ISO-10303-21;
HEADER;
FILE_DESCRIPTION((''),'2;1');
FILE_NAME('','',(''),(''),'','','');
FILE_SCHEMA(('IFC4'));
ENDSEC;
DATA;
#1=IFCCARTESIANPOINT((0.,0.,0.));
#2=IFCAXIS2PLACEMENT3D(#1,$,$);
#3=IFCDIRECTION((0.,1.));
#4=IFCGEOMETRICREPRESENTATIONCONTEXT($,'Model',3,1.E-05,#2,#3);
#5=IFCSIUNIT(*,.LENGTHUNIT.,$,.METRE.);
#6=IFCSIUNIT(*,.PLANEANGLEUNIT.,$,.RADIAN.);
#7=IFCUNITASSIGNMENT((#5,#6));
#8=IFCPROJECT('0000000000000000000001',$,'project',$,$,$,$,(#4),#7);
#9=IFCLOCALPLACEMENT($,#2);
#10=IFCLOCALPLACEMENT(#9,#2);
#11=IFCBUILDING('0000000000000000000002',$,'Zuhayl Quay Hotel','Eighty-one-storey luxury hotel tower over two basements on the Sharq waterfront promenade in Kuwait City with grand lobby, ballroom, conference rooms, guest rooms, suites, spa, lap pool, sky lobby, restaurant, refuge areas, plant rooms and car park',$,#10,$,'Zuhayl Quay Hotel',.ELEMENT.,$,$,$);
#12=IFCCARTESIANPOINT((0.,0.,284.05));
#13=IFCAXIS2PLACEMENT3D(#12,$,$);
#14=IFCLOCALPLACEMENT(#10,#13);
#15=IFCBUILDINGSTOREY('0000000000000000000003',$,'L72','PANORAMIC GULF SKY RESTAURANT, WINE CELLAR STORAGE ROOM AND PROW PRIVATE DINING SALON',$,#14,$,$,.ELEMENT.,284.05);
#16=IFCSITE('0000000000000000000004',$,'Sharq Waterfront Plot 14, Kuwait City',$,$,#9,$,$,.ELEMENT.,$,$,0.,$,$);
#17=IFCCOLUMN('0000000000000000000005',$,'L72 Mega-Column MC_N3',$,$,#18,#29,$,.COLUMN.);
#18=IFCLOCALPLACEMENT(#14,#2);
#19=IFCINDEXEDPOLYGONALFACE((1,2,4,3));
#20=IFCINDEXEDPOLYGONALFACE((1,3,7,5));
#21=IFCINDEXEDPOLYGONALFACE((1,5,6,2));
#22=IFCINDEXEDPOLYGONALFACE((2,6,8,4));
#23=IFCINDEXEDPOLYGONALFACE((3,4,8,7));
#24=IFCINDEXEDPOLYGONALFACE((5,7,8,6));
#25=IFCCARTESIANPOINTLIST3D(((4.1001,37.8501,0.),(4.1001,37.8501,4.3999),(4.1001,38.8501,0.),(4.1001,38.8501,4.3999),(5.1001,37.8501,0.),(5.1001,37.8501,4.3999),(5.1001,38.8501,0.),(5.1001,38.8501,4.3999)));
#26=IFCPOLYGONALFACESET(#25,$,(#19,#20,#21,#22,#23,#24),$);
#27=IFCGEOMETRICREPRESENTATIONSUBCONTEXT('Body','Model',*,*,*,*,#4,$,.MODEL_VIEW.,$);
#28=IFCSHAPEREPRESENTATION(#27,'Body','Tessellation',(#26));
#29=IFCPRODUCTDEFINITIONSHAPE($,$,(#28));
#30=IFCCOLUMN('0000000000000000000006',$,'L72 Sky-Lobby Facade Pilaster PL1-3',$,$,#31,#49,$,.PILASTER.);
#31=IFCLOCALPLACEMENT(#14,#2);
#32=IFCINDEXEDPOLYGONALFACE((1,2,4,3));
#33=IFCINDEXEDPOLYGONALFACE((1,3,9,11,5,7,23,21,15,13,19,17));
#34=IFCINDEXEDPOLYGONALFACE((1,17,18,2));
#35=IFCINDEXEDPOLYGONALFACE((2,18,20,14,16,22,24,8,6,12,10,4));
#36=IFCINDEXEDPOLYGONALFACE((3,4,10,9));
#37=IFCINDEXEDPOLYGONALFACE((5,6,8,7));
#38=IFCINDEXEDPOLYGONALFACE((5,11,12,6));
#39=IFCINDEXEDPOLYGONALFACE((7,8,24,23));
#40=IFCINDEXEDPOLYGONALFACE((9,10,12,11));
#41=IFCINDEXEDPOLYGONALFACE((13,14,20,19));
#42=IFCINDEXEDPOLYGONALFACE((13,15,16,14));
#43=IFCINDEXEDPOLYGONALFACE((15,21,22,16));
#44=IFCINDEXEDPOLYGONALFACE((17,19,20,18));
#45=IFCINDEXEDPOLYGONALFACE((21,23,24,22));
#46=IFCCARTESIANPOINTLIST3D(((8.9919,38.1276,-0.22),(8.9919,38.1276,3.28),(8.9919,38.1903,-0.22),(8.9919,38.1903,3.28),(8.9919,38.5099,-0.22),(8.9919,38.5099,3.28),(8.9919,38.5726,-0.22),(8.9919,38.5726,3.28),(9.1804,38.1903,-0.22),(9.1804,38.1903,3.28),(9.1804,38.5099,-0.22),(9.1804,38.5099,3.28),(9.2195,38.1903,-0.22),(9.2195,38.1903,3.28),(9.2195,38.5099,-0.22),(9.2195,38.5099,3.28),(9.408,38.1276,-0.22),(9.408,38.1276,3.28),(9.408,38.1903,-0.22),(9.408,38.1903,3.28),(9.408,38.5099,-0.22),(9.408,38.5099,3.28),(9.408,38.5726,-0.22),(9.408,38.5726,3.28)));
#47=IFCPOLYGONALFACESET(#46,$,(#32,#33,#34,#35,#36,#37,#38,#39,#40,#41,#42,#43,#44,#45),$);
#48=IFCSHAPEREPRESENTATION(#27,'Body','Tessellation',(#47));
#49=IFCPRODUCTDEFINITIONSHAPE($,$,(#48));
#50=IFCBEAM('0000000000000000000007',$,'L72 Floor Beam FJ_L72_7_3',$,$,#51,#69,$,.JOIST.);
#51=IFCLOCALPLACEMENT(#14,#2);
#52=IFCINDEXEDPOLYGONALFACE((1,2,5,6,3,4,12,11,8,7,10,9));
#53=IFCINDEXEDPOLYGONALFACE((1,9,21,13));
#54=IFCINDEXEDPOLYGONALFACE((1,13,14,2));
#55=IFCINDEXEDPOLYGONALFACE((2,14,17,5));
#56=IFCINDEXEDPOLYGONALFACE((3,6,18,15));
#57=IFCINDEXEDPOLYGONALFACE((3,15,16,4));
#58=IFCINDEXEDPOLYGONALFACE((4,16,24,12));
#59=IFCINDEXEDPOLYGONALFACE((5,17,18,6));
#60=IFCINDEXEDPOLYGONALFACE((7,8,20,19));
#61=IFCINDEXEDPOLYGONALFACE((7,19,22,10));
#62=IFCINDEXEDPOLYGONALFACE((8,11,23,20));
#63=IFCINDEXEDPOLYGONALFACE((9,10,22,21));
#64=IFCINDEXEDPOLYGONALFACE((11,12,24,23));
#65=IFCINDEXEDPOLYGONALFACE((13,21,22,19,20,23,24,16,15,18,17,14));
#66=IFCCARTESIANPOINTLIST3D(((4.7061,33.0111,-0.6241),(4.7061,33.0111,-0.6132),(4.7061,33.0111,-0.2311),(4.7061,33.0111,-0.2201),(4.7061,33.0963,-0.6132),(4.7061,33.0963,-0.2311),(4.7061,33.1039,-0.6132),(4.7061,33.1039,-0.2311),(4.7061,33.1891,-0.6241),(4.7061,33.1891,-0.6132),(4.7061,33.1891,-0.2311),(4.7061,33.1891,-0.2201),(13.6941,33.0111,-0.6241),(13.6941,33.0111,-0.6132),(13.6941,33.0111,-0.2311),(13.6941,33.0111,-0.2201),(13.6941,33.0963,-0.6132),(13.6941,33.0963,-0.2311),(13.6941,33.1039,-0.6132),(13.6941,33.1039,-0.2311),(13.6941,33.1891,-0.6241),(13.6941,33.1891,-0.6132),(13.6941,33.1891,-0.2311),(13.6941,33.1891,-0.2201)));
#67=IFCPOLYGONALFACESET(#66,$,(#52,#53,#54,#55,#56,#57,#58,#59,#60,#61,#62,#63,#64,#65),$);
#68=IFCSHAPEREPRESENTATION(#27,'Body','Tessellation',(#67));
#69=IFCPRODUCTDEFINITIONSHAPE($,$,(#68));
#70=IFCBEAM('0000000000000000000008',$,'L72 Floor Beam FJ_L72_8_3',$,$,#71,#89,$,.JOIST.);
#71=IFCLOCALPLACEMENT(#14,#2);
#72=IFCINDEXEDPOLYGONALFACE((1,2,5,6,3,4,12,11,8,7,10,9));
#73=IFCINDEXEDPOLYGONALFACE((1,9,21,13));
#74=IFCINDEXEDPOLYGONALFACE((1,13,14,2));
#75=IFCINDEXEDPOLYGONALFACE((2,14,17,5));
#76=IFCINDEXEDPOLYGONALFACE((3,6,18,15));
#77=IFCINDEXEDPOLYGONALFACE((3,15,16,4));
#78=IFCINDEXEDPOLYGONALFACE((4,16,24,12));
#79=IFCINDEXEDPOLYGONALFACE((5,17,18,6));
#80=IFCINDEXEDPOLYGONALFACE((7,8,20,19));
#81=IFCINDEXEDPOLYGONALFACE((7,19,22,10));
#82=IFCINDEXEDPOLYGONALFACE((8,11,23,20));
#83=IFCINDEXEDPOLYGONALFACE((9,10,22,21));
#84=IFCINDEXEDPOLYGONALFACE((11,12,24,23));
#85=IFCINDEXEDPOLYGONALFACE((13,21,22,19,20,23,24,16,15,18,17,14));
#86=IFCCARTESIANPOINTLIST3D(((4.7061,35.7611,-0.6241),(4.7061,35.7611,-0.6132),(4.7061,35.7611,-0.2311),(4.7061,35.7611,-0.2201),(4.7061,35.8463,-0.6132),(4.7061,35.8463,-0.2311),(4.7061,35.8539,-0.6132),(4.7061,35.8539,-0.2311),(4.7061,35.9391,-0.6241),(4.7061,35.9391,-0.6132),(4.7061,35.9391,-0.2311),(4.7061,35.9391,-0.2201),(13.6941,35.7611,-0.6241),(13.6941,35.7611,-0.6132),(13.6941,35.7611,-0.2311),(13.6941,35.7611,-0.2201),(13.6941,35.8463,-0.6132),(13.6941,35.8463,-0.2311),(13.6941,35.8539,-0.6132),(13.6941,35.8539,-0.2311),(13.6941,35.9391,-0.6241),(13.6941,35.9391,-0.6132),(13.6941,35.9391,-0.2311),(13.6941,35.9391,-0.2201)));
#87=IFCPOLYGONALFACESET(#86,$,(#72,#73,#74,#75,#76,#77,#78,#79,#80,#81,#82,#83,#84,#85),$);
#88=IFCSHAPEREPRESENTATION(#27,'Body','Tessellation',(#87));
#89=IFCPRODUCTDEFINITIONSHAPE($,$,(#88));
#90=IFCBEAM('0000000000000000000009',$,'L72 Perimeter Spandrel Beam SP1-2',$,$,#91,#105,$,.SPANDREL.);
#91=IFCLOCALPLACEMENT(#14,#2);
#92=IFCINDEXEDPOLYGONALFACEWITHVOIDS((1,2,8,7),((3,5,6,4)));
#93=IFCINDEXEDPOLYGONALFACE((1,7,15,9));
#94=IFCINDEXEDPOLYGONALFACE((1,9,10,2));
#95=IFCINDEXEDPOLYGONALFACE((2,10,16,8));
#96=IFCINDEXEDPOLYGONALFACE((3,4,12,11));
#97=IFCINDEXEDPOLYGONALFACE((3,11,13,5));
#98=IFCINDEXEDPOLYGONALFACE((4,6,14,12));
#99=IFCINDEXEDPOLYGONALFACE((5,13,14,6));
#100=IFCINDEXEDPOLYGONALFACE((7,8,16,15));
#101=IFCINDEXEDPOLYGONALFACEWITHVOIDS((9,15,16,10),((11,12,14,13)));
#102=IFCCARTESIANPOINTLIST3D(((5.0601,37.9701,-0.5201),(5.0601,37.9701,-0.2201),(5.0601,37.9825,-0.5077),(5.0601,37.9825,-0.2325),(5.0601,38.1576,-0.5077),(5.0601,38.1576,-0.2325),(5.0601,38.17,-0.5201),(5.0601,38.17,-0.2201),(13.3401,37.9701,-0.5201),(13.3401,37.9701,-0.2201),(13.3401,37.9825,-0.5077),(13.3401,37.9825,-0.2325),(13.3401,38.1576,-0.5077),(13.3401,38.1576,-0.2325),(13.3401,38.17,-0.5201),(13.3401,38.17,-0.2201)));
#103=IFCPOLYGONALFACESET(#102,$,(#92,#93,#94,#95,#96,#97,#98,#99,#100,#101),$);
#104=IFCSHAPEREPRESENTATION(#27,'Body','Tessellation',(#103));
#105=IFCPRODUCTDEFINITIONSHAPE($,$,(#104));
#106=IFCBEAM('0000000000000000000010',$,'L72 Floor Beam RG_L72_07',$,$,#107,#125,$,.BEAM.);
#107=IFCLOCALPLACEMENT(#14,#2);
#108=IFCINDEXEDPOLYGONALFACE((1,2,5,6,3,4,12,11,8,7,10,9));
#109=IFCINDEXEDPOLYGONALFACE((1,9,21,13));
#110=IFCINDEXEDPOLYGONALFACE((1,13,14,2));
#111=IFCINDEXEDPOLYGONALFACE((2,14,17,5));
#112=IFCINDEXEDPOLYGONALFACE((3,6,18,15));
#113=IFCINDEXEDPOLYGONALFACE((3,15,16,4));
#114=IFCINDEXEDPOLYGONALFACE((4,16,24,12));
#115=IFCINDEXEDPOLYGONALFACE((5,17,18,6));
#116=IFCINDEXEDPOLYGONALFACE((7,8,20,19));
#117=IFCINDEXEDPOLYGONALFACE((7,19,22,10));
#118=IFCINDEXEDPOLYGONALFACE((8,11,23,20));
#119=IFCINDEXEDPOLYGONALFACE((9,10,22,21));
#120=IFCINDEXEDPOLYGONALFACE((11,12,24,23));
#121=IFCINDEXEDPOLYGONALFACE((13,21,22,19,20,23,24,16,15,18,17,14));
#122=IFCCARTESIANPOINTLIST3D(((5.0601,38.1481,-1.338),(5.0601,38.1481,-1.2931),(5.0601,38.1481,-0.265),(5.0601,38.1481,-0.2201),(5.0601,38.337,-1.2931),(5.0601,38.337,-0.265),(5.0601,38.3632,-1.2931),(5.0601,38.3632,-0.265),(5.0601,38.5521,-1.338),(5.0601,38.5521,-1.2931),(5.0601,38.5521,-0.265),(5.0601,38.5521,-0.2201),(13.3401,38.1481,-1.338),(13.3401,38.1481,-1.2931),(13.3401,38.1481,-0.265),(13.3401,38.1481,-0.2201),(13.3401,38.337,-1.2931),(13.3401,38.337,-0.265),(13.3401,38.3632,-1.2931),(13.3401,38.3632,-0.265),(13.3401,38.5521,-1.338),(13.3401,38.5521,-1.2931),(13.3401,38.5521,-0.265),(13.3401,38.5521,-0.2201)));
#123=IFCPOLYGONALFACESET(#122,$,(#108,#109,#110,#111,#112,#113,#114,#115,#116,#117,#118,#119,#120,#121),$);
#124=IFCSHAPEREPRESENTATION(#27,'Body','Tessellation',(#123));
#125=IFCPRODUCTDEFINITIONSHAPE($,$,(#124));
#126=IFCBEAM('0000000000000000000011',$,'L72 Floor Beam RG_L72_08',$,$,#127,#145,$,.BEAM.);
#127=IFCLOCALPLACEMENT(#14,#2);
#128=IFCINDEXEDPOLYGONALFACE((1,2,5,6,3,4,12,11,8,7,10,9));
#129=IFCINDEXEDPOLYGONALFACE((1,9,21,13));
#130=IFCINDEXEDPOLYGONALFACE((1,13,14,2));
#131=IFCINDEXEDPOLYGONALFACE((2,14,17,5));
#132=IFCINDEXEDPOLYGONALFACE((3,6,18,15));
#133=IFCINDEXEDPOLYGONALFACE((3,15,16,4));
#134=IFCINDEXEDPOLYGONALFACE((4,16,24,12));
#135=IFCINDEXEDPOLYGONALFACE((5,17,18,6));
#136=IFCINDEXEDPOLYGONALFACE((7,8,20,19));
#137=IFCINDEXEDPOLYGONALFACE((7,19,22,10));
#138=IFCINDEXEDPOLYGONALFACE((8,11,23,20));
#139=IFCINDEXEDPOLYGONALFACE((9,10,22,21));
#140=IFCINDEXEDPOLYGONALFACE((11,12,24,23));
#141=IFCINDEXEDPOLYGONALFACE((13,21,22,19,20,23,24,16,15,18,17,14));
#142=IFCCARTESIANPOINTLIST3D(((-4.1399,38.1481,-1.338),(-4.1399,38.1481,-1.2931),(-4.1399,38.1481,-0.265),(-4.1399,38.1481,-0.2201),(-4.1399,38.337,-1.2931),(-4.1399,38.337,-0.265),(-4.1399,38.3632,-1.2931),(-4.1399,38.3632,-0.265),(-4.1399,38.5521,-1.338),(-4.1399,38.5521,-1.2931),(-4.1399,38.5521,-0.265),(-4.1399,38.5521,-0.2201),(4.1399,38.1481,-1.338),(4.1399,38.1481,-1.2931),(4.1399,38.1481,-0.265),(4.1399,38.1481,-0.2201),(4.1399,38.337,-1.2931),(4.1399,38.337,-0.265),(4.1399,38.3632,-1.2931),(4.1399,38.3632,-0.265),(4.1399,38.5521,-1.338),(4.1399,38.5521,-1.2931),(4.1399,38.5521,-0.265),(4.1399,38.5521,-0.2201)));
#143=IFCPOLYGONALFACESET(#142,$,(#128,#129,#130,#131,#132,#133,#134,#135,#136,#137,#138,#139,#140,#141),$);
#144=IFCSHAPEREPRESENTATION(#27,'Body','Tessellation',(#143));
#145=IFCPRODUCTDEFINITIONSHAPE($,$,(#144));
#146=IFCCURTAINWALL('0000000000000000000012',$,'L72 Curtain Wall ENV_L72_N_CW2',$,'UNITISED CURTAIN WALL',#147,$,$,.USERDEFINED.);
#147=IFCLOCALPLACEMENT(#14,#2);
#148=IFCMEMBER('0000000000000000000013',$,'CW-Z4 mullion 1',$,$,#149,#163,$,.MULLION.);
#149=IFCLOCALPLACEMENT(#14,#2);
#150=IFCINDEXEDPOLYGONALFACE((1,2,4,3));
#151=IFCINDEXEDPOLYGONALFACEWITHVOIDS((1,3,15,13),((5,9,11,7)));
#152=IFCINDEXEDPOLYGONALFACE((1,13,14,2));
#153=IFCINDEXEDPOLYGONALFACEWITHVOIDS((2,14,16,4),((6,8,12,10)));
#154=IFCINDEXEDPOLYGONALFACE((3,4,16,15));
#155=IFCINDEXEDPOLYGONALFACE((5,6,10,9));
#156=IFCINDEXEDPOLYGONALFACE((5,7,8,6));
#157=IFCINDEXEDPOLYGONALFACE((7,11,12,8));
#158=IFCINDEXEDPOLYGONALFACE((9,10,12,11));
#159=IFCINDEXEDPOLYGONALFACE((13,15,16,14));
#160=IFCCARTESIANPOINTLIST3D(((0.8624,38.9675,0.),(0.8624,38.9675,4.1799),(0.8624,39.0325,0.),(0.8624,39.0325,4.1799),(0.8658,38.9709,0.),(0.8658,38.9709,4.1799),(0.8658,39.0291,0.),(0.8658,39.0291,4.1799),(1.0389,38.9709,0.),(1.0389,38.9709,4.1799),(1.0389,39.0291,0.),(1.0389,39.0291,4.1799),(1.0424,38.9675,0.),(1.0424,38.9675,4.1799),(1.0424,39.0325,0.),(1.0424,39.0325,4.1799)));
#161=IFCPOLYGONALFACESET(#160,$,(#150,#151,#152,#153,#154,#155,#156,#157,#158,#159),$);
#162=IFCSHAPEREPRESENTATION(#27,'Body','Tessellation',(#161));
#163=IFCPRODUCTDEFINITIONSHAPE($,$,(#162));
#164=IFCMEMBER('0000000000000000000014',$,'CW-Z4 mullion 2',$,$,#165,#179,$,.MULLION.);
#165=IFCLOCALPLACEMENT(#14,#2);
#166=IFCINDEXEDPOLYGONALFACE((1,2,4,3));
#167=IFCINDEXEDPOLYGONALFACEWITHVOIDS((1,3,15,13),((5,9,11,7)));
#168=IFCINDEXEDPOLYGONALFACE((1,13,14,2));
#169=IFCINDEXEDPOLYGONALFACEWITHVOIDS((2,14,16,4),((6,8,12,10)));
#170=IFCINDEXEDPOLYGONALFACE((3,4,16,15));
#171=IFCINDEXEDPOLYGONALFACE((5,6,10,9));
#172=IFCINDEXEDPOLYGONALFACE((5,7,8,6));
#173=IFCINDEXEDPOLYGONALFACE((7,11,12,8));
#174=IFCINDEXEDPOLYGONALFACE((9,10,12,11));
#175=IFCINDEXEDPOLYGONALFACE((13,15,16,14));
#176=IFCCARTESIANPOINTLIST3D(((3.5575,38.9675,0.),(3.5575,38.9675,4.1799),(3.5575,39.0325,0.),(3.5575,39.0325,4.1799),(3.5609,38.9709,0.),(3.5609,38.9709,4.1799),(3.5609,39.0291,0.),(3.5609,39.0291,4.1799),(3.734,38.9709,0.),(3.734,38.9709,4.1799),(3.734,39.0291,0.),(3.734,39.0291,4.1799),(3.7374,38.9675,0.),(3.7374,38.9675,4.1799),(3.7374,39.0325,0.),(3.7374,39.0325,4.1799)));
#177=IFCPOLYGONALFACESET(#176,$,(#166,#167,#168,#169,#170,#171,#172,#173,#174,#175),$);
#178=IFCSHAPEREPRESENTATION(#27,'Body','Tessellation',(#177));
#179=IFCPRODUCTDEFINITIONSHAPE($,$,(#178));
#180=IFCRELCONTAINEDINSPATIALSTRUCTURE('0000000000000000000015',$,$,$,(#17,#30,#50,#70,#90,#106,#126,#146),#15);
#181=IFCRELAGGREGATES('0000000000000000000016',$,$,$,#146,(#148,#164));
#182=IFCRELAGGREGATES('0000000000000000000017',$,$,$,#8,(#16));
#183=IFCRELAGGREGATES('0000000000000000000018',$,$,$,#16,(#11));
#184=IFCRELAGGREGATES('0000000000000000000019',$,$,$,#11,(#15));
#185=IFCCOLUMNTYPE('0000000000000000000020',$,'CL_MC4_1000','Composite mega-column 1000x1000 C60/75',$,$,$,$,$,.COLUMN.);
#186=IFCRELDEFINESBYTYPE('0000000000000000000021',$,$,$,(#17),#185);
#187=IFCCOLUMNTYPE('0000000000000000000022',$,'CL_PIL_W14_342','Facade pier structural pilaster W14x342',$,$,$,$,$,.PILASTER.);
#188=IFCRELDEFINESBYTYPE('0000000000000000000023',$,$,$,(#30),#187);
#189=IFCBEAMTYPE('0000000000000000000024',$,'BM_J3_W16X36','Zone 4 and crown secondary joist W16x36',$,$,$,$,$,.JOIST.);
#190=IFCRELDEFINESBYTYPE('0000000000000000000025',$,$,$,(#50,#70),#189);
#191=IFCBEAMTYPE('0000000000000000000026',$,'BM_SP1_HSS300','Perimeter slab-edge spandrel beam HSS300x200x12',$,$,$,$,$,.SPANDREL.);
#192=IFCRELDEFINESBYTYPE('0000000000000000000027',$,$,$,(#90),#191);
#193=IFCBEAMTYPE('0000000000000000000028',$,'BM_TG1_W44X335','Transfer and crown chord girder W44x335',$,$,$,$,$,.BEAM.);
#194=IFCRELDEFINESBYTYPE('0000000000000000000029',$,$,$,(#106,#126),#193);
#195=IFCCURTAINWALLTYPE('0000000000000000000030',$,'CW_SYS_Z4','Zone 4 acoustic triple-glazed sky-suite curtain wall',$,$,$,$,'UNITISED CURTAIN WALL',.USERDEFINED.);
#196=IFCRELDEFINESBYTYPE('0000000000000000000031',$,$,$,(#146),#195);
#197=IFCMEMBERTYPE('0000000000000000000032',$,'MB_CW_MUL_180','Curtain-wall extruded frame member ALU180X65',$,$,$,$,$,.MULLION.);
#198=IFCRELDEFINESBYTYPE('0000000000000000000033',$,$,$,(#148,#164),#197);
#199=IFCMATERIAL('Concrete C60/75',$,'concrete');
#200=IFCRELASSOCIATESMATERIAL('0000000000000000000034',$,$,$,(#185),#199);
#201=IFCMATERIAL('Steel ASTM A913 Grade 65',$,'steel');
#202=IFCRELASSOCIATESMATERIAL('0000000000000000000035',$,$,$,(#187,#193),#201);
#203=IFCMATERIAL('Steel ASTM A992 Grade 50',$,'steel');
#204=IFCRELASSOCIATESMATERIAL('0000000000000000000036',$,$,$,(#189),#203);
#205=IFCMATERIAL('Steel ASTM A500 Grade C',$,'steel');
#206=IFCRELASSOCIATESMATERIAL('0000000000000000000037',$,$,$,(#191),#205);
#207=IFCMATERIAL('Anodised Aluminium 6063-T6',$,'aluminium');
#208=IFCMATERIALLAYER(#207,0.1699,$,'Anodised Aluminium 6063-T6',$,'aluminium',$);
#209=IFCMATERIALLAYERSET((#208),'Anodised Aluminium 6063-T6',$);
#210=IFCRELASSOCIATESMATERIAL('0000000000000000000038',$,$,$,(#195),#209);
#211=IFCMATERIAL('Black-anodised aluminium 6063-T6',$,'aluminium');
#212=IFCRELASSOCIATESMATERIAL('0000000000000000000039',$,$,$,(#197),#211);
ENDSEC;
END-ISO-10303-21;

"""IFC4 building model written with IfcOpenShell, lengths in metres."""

from ifc_helpers import new_model, si_unit, direction, frame, origin, origin_2d, place, context, subcontext, project, spatial, rectangle, hollow_rectangle, i_section, extrude, material, layer, layer_set, material_profile, profile_set, type_object, element, aggregate, save


model = new_model("IFC4")

# Units and contexts
model_context = context("Model", 3, precision=1e-05, world=origin(), true_north=direction((0.0, 1.0)))
body_context = subcontext(model_context, "Body", "Model", "MODEL_VIEW")
ifc_project = project(units=[si_unit("LENGTHUNIT", "METRE"), si_unit("PLANEANGLEUNIT", "RADIAN")], contexts=[model_context])

# Site, building, storey
site_placement = place(None, origin())
site = spatial("IfcSite", under=ifc_project, at=site_placement, Name="Sharq Waterfront Plot 14, Kuwait City", CompositionType="ELEMENT", RefElevation=0.0)
building_placement = place(site_placement, origin())
building = spatial("IfcBuilding", under=site, at=building_placement, Name="Zuhayl Quay Hotel", Description="Eighty-one-storey luxury hotel tower over two basements on the Sharq waterfront promenade in Kuwait City with grand lobby, ballroom, conference rooms, guest rooms, suites, spa, lap pool, sky lobby, restaurant, refuge areas, plant rooms and car park", LongName="Zuhayl Quay Hotel", CompositionType="ELEMENT")
storey_placement = place(building_placement, frame((0.0, 0.0, 284.05)))
storey = spatial("IfcBuildingStorey", under=building, at=storey_placement, Name="L72", Description="PANORAMIC GULF SKY RESTAURANT, WINE CELLAR STORAGE ROOM AND PROW PRIVATE DINING SALON", CompositionType="ELEMENT", Elevation=284.05)

# Columns
ifc_material_1 = material(Name="Concrete C60/75", Category="concrete")
ifc_material_profile_1 = material_profile(ifc_material_1, rectangle(XDim=1.0, YDim=1.0, at=origin_2d()), Name="RC1000X1000")
ifc_profile_set_1 = profile_set([ifc_material_profile_1], Name="Concrete C60/75")
column_type_1 = type_object("IfcColumnType", Name="CL_MC4_1000", Description="Composite mega-column 1000x1000 C60/75", PredefinedType="COLUMN", material=ifc_profile_set_1)
column_1_placement = place(storey_placement, frame((4.6001, 38.3501, 0.0), z_axis=(0.0, 0.0, 1.0), x_axis=(1.0, 0.0, 0.0)))
element("IfcColumn", 1, at=column_1_placement, inside=storey, type_object=column_type_1, Name="L72 Mega-Column MC_N3", PredefinedType="COLUMN", context=body_context, shape_type="SweptSolid", body=[
    extrude(rectangle(XDim=1.0, YDim=1.0, at=origin_2d()), origin(), (0.0, 0.0, 1.0), 4.3999),
])
ifc_material_2 = material(Name="Steel ASTM A913 Grade 65", Category="steel")
ifc_material_profile_2 = material_profile(ifc_material_2, i_section(OverallWidth=0.416, OverallDepth=0.4451, WebThickness=0.0391, FlangeThickness=0.0627, at=origin_2d()), Name="W14X342")
ifc_profile_set_2 = profile_set([ifc_material_profile_2], Name="Steel ASTM A913 Grade 65")
column_type_2 = type_object("IfcColumnType", Name="CL_PIL_W14_342", Description="Facade pier structural pilaster W14x342", PredefinedType="PILASTER", material=ifc_profile_set_2)
column_2_placement = place(storey_placement, frame((9.2, 38.3501, -0.22), z_axis=(0.0, 0.0, 1.0), x_axis=(1.0, 0.0, 0.0)))
element("IfcColumn", 2, at=column_2_placement, inside=storey, type_object=column_type_2, Name="L72 Sky-Lobby Facade Pilaster PL1-3", PredefinedType="PILASTER", context=body_context, shape_type="SweptSolid", body=[
    extrude(i_section(OverallWidth=0.416, OverallDepth=0.4451, WebThickness=0.0391, FlangeThickness=0.0627, at=origin_2d()), origin(), (0.0, 0.0, 1.0), 3.5),
])

# Beams
ifc_material_3 = material(Name="Steel ASTM A992 Grade 50", Category="steel")
ifc_material_profile_3 = material_profile(ifc_material_3, i_section(OverallWidth=0.178, OverallDepth=0.4041, WebThickness=0.0076, FlangeThickness=0.011, at=origin_2d()), Name="W16X36")
ifc_profile_set_3 = profile_set([ifc_material_profile_3], Name="Steel ASTM A992 Grade 50")
beam_type_1 = type_object("IfcBeamType", Name="BM_J3_W16X36", Description="Zone 4 and crown secondary joist W16x36", PredefinedType="JOIST", material=ifc_profile_set_3)
for number, where, z_axis, x_axis, name in (
    (3, (4.7061, 33.1001, -0.4221), (1.0, 0.0, 0.0), (0.0, 1.0, 0.0), "L72 Floor Beam FJ_L72_7_3"),
    (4, (4.7061, 35.8501, -0.4221), (1.0, 0.0, 0.0), (0.0, 1.0, 0.0), "L72 Floor Beam FJ_L72_8_3"),
):
    element("IfcBeam", number, at=place(storey_placement, frame(where, z_axis=z_axis, x_axis=x_axis)), inside=storey, type_object=beam_type_1, Name=name, PredefinedType="JOIST", context=body_context, shape_type="SweptSolid", body=[
        extrude(i_section(OverallWidth=0.178, OverallDepth=0.4041, WebThickness=0.0076, FlangeThickness=0.011, at=origin_2d()), origin(), (0.0, 0.0, 1.0), 8.988),
    ])
ifc_material_4 = material(Name="Steel ASTM A500 Grade C", Category="steel")
ifc_material_profile_4 = material_profile(ifc_material_4, hollow_rectangle(XDim=0.2, YDim=0.3, WallThickness=0.0125, at=origin_2d()), Name="HSS300X200X12")
ifc_profile_set_4 = profile_set([ifc_material_profile_4], Name="Steel ASTM A500 Grade C")
beam_type_2 = type_object("IfcBeamType", Name="BM_SP1_HSS300", Description="Perimeter slab-edge spandrel beam HSS300x200x12", PredefinedType="SPANDREL", material=ifc_profile_set_4)
beam_1_placement = place(storey_placement, frame((5.0601, 38.0701, -0.3701), z_axis=(1.0, 0.0, 0.0), x_axis=(0.0, 1.0, 0.0)))
element("IfcBeam", 5, at=beam_1_placement, inside=storey, type_object=beam_type_2, Name="L72 Perimeter Spandrel Beam SP1-2", PredefinedType="SPANDREL", context=body_context, shape_type="SweptSolid", body=[
    extrude(hollow_rectangle(XDim=0.2, YDim=0.3, WallThickness=0.0125, at=origin_2d()), origin(), (0.0, 0.0, 1.0), 8.28),
])
ifc_material_profile_5 = material_profile(ifc_material_2, i_section(OverallWidth=0.4041, OverallDepth=1.1179, WebThickness=0.0261, FlangeThickness=0.0449, at=origin_2d()), Name="W44X335")
ifc_profile_set_5 = profile_set([ifc_material_profile_5], Name="Steel ASTM A913 Grade 65")
beam_type_3 = type_object("IfcBeamType", Name="BM_TG1_W44X335", Description="Transfer and crown chord girder W44x335", PredefinedType="BEAM", material=ifc_profile_set_5)
beam_2_placement = place(storey_placement, frame((13.3401, 38.3501, -0.7791), z_axis=(-1.0, 0.0, 0.0), x_axis=(0.0, -1.0, 0.0)))
element("IfcBeam", 6, at=beam_2_placement, inside=storey, type_object=beam_type_3, Name="L72 Floor Beam RG_L72_07", PredefinedType="BEAM", context=body_context, shape_type="SweptSolid", body=[
    extrude(i_section(OverallWidth=0.4041, OverallDepth=1.1179, WebThickness=0.0261, FlangeThickness=0.0449, at=origin_2d()), origin(), (0.0, 0.0, 1.0), 8.28),
])
beam_3_placement = place(storey_placement, frame((4.1399, 38.3501, -0.7791), z_axis=(-1.0, 0.0, 0.0), x_axis=(0.0, -1.0, 0.0)))
element("IfcBeam", 7, at=beam_3_placement, inside=storey, type_object=beam_type_3, Name="L72 Floor Beam RG_L72_08", PredefinedType="BEAM", context=body_context, shape_type="SweptSolid", body=[
    extrude(i_section(OverallWidth=0.4041, OverallDepth=1.1179, WebThickness=0.0261, FlangeThickness=0.0449, at=origin_2d()), origin(), (0.0, 0.0, 1.0), 8.2798),
])

# Curtain wall, members
ifc_material_5 = material(Name="Anodised Aluminium 6063-T6", Category="aluminium")
ifc_layer_1 = layer(ifc_material_5, 0.1699, Name="Anodised Aluminium 6063-T6", Category="aluminium")
ifc_layer_set_1 = layer_set([ifc_layer_1], Name="Anodised Aluminium 6063-T6")
curtain_wall_type = type_object("IfcCurtainWallType", Name="CW_SYS_Z4", Description="Zone 4 acoustic triple-glazed sky-suite curtain wall", ElementType="UNITISED CURTAIN WALL", PredefinedType="USERDEFINED", material=ifc_layer_set_1)
curtain_wall_placement = place(storey_placement, origin())
curtain_wall = element("IfcCurtainWall", 8, at=curtain_wall_placement, inside=storey, type_object=curtain_wall_type, Name="L72 Curtain Wall ENV_L72_N_CW2", ObjectType="UNITISED CURTAIN WALL", PredefinedType="USERDEFINED")
ifc_material_6 = material(Name="Black-anodised aluminium 6063-T6", Category="aluminium")
ifc_material_profile_6 = material_profile(ifc_material_6, hollow_rectangle(XDim=0.0649, YDim=0.1799, WallThickness=0.0034, at=origin_2d()), Name="ALU180X65")
ifc_profile_set_6 = profile_set([ifc_material_profile_6], Name="Black-anodised aluminium 6063-T6")
member_type_1 = type_object("IfcMemberType", Name="MB_CW_MUL_180", Description="Curtain-wall extruded frame member ALU180X65", PredefinedType="MULLION", material=ifc_profile_set_6)
member_1_placement = place(storey_placement, frame((0.9524, 39.0, 0.0), z_axis=(0.0, 0.0, 1.0), x_axis=(0.0, 1.0, 0.0)))
member_1 = element("IfcMember", 9, at=member_1_placement, type_object=member_type_1, Name="CW-Z4 mullion 1", PredefinedType="MULLION", context=body_context, shape_type="SweptSolid", body=[
    extrude(hollow_rectangle(XDim=0.0649, YDim=0.1799, WallThickness=0.0034, at=origin_2d()), origin(), (0.0, 0.0, 1.0), 4.1799),
])
member_2_placement = place(storey_placement, frame((3.6475, 39.0, 0.0), z_axis=(0.0, 0.0, 1.0), x_axis=(0.0, 1.0, 0.0)))
member_2 = element("IfcMember", 10, at=member_2_placement, type_object=member_type_1, Name="CW-Z4 mullion 2", PredefinedType="MULLION", context=body_context, shape_type="SweptSolid", body=[
    extrude(hollow_rectangle(XDim=0.0649, YDim=0.1799, WallThickness=0.0034, at=origin_2d()), origin(), (0.0, 0.0, 1.0), 4.1799),
])
aggregate(curtain_wall, [member_1, member_2])

save(model, "model.ifc")
